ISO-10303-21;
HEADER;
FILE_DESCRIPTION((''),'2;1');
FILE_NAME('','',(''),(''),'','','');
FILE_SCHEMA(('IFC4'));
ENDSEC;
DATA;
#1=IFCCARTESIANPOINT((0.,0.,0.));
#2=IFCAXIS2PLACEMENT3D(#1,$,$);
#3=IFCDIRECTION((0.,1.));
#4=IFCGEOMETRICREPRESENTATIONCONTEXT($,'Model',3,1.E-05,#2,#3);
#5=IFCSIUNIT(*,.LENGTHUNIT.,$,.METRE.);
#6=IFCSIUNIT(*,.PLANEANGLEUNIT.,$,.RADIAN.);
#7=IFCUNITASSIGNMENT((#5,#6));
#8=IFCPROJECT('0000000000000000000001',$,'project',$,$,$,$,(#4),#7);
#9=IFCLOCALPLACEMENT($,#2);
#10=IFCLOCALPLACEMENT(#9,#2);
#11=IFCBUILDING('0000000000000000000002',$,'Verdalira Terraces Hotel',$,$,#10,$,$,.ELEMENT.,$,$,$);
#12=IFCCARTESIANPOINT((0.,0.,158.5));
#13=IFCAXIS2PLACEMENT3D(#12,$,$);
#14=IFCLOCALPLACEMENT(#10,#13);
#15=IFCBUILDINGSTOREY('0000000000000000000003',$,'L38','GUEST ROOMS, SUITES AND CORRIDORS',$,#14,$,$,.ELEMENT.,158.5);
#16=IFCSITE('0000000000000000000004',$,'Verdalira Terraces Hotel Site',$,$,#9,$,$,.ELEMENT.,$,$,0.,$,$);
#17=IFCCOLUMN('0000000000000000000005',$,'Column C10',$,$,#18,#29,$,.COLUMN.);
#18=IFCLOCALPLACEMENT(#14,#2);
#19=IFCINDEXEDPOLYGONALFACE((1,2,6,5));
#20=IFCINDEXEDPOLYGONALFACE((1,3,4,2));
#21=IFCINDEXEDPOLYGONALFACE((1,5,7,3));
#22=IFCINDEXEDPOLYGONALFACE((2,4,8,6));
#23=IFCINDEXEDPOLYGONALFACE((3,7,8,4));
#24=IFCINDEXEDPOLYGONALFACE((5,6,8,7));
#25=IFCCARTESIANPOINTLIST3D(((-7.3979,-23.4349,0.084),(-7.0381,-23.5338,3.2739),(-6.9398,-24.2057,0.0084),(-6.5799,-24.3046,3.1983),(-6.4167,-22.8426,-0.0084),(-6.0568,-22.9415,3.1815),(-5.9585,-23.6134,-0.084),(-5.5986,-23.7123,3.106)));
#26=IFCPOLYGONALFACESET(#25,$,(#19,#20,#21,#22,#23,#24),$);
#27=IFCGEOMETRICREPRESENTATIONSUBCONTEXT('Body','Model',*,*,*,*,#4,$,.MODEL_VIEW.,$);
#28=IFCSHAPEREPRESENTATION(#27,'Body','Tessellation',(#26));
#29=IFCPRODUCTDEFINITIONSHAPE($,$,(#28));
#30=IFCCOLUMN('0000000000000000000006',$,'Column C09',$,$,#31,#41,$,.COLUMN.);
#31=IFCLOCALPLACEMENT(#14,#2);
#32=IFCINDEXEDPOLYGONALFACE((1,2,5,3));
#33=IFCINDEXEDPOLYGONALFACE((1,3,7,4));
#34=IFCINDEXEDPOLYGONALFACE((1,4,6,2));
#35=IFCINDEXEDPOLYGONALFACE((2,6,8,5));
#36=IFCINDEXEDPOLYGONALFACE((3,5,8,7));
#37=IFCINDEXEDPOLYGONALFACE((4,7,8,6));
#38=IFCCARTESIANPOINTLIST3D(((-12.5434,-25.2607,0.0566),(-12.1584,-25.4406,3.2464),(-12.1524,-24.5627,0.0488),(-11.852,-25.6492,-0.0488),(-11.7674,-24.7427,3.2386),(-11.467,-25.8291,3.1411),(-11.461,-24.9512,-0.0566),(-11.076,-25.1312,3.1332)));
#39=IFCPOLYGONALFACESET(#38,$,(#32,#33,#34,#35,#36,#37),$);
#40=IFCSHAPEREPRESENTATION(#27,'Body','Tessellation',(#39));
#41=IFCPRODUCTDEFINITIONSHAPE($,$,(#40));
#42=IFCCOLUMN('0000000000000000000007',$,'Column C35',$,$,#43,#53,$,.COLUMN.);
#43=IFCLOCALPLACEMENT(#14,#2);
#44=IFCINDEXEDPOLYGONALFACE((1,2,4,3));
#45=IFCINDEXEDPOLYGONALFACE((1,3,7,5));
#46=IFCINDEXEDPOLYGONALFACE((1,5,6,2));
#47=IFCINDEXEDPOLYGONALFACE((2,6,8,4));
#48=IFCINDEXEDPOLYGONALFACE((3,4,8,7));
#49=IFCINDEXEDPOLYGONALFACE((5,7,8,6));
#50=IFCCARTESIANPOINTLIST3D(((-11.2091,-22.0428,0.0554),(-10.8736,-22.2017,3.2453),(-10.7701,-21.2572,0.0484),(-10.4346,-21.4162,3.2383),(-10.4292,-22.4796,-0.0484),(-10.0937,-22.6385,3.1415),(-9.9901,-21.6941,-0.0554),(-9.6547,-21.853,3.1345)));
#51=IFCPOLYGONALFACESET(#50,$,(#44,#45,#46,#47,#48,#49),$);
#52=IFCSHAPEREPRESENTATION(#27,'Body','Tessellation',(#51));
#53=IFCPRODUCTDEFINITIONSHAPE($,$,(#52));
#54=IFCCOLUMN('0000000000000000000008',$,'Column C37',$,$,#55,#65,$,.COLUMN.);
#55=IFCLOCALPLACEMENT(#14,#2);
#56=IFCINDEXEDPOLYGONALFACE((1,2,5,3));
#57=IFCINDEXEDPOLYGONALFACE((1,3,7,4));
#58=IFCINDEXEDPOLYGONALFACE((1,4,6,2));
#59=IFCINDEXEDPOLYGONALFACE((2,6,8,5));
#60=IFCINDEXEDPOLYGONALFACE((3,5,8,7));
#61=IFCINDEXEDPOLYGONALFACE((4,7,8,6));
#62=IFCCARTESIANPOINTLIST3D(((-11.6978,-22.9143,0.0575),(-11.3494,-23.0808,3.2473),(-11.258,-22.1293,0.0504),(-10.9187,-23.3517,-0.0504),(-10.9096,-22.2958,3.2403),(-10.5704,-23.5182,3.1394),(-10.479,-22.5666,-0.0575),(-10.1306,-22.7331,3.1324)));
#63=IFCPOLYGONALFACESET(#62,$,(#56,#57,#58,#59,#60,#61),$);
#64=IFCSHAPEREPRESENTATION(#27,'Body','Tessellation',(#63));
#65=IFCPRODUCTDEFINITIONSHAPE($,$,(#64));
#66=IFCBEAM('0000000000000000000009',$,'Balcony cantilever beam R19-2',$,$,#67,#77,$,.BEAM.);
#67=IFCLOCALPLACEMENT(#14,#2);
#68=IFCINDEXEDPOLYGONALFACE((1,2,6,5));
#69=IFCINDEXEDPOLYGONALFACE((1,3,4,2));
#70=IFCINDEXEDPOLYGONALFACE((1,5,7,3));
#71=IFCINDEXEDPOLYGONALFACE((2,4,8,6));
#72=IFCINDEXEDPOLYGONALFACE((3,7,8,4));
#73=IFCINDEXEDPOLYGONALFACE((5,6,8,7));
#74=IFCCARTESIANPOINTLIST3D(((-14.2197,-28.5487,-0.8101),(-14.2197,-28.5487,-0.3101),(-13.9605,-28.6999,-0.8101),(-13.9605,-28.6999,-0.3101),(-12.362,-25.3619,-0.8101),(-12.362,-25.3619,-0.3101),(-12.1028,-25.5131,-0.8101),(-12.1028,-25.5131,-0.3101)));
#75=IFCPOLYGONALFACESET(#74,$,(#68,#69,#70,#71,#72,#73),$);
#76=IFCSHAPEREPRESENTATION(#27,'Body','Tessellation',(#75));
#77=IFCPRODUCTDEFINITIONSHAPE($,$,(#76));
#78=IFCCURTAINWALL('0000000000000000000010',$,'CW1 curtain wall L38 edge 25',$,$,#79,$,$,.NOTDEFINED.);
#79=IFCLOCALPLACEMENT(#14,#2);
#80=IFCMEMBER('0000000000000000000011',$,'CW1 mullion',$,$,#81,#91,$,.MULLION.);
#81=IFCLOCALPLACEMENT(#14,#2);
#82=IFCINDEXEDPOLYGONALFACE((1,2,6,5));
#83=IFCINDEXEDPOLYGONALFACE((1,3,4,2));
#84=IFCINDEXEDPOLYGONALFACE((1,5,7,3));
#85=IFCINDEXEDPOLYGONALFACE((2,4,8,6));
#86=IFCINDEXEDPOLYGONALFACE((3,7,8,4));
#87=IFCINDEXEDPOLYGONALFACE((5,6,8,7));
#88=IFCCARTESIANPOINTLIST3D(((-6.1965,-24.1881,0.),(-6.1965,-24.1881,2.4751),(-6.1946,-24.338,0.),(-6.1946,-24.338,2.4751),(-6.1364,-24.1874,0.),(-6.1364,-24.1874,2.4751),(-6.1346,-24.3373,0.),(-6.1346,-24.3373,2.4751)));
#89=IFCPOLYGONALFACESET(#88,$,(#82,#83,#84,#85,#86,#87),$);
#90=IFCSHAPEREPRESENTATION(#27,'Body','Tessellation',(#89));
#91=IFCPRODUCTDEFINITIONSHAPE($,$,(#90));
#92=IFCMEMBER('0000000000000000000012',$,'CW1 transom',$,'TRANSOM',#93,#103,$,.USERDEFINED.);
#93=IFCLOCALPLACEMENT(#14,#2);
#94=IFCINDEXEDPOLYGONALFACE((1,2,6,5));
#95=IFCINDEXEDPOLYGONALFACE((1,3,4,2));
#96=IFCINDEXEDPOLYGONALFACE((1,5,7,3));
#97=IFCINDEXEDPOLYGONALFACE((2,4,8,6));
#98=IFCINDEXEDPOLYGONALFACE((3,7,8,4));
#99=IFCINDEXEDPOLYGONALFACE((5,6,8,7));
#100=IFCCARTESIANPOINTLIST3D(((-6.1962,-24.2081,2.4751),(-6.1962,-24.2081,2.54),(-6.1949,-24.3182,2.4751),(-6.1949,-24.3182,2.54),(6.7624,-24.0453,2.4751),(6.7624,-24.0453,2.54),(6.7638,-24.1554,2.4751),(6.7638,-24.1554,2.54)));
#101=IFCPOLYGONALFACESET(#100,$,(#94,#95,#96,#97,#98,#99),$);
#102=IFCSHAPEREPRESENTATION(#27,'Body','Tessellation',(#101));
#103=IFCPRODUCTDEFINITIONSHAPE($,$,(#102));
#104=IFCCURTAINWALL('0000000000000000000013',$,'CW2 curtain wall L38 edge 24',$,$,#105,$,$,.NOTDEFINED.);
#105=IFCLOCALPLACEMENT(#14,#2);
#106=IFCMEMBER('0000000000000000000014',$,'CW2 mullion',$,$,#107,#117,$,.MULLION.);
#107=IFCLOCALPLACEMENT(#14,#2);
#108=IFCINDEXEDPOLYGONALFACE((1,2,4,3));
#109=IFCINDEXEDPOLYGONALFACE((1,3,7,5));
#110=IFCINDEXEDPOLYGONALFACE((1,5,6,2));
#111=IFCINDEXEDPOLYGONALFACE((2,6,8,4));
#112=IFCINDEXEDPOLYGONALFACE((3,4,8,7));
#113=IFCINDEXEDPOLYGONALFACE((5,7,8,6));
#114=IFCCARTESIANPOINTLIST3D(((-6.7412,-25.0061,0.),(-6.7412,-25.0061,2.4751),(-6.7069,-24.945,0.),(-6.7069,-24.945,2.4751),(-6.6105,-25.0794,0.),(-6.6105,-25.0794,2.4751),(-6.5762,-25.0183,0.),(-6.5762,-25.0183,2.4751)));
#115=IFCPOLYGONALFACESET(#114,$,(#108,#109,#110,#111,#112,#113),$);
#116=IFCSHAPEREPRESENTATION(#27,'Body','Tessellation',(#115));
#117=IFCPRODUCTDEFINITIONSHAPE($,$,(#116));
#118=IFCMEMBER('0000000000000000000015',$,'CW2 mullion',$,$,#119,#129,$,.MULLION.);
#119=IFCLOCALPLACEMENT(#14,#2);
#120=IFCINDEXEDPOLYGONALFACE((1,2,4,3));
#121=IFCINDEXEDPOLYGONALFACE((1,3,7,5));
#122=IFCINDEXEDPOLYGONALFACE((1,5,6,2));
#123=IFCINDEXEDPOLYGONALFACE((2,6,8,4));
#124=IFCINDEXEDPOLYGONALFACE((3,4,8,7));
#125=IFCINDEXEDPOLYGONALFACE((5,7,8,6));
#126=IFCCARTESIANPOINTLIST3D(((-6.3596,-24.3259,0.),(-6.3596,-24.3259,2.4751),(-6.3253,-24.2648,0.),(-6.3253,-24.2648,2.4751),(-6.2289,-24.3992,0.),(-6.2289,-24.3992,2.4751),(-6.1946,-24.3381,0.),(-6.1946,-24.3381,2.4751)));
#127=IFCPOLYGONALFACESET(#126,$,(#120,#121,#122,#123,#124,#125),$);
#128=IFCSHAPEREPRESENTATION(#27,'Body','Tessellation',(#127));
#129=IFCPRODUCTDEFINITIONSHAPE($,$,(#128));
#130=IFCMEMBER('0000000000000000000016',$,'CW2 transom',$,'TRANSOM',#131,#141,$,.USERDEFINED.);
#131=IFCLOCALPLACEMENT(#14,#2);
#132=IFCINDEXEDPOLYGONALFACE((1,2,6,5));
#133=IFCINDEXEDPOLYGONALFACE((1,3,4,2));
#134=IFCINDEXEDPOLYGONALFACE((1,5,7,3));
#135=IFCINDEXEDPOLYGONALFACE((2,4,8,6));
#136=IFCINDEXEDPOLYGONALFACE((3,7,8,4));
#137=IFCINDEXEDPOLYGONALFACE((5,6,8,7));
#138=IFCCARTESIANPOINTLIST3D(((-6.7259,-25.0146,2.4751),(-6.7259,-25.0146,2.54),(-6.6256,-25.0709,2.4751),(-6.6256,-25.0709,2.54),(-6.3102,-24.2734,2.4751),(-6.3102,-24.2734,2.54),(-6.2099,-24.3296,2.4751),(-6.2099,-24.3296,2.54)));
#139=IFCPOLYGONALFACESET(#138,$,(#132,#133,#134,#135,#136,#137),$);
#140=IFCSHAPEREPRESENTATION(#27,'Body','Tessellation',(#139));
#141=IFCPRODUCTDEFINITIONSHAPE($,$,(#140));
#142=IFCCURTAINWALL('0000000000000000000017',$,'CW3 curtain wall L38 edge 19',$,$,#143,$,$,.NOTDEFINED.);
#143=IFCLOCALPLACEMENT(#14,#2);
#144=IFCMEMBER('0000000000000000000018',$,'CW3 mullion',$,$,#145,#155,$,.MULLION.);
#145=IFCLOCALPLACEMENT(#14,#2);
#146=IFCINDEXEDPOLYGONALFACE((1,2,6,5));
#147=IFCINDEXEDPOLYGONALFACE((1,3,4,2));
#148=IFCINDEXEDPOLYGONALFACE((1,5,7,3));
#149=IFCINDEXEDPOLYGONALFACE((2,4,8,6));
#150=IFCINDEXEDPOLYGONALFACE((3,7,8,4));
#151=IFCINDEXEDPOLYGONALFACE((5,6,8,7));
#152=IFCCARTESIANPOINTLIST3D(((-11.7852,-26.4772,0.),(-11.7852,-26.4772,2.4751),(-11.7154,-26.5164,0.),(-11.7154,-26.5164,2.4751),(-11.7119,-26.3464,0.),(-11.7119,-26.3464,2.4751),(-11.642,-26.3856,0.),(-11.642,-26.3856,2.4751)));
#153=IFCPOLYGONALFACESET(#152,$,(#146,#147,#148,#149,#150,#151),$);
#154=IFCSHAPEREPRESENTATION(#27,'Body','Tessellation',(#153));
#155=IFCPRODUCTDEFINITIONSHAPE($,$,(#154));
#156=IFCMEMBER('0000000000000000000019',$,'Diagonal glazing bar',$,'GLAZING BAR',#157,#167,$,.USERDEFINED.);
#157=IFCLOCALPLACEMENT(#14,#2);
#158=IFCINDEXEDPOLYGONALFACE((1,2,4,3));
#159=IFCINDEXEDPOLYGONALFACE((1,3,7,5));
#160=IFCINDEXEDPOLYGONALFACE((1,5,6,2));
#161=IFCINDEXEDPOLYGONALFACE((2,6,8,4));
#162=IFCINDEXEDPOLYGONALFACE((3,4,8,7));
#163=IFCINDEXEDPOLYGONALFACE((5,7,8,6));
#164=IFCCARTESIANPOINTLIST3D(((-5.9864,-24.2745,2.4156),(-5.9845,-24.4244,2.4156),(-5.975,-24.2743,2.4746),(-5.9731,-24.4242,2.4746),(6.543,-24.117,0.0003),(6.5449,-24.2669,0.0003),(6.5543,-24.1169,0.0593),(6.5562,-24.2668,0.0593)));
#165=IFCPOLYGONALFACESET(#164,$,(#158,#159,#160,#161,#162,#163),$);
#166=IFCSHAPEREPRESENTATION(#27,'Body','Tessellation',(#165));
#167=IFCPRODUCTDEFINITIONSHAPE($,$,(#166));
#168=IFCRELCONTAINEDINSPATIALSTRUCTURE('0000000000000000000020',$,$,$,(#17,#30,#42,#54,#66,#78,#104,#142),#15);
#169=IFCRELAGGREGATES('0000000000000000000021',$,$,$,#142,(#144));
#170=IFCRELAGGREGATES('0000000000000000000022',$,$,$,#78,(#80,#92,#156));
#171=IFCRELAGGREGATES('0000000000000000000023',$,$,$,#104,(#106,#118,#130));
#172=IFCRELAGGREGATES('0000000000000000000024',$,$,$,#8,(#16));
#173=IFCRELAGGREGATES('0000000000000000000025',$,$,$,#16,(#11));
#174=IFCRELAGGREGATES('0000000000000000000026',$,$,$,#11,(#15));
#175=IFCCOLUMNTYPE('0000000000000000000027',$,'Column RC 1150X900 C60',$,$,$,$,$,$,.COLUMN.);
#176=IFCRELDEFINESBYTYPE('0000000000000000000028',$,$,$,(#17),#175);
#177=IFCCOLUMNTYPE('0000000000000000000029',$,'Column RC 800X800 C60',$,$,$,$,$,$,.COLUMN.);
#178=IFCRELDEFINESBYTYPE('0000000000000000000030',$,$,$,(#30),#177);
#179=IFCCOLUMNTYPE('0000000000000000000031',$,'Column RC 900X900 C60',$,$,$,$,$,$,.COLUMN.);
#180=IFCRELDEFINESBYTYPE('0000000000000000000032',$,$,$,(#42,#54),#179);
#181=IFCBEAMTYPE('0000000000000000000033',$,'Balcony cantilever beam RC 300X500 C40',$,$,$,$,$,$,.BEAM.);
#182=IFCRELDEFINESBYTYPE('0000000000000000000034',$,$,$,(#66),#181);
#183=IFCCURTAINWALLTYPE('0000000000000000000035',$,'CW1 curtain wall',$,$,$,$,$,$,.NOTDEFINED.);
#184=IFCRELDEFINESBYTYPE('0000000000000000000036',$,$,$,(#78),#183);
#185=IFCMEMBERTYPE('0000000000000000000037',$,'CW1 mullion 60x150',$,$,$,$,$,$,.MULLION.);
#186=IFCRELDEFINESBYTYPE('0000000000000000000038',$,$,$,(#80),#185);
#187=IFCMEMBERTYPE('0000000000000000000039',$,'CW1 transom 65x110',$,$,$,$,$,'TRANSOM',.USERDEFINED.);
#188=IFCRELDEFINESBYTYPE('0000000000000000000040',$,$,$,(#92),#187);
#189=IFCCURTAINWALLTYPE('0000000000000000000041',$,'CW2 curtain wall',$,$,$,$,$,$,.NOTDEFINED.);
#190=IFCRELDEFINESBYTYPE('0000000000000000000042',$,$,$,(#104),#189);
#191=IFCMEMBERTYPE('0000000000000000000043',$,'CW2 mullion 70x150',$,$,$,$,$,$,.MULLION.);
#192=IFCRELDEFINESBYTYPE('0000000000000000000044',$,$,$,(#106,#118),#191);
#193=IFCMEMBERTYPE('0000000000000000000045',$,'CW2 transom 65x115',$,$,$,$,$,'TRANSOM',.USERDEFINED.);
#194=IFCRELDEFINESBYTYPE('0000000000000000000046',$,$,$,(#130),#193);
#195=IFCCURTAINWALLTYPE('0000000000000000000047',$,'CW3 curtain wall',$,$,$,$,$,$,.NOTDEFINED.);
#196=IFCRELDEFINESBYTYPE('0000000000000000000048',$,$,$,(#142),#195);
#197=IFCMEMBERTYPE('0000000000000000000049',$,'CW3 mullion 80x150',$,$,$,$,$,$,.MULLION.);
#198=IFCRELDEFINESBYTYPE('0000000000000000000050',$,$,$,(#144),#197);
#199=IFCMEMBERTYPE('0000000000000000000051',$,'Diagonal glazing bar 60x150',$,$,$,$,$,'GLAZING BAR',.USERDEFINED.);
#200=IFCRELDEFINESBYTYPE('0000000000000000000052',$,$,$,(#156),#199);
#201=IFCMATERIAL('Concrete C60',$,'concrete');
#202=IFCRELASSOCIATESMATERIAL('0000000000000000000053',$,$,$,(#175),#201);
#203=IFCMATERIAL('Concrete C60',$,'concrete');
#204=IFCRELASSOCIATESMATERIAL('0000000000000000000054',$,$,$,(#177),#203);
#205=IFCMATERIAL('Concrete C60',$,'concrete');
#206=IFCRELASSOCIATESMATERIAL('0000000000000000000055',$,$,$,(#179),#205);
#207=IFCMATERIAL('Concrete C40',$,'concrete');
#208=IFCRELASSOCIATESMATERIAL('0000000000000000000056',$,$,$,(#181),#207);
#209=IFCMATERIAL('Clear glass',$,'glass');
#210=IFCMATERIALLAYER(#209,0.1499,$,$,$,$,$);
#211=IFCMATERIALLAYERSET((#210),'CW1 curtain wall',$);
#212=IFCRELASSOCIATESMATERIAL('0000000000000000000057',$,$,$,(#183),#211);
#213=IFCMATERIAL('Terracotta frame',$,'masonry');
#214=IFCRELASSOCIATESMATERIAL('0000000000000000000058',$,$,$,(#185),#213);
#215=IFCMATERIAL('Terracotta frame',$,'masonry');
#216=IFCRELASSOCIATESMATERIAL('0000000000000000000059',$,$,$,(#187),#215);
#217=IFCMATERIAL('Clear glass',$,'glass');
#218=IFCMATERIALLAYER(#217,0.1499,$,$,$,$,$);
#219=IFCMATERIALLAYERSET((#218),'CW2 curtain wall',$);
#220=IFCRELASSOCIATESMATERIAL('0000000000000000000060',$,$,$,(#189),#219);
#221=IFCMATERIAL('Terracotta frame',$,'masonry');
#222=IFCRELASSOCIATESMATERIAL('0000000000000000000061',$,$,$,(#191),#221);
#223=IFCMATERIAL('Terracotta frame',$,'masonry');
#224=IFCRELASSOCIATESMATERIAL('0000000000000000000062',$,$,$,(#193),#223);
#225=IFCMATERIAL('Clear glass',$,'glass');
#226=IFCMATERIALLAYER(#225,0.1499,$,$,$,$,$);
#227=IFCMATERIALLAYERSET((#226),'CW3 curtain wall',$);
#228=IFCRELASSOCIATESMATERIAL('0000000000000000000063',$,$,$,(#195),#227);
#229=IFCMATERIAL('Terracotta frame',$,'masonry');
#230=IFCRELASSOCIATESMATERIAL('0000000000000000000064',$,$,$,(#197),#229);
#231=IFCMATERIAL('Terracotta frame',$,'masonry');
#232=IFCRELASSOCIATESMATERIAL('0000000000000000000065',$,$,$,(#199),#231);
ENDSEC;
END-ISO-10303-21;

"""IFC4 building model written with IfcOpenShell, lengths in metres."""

from ifc_helpers import new_model, si_unit, direction, frame, origin, origin_2d, place, context, subcontext, project, spatial, rectangle, extrude, material, layer, layer_set, material_profile, profile_set, type_object, element, aggregate, save


model = new_model("IFC4")

# Units and contexts
model_context = context("Model", 3, precision=1e-05, world=origin(), true_north=direction((0.0, 1.0)))
body_context = subcontext(model_context, "Body", "Model", "MODEL_VIEW")
ifc_project = project(units=[si_unit("LENGTHUNIT", "METRE"), si_unit("PLANEANGLEUNIT", "RADIAN")], contexts=[model_context])

# Site, building, storey
site_placement = place(None, origin())
site = spatial("IfcSite", under=ifc_project, at=site_placement, Name="Verdalira Terraces Hotel Site", CompositionType="ELEMENT", RefElevation=0.0)
building_placement = place(site_placement, origin())
building = spatial("IfcBuilding", under=site, at=building_placement, Name="Verdalira Terraces Hotel", CompositionType="ELEMENT")
storey_placement = place(building_placement, frame((0.0, 0.0, 158.5)))
storey = spatial("IfcBuildingStorey", under=building, at=storey_placement, Name="L38", Description="GUEST ROOMS, SUITES AND CORRIDORS", CompositionType="ELEMENT", Elevation=158.5)

# Columns
ifc_material_1 = material(Name="Concrete C60", Category="concrete")
ifc_material_profile_1 = material_profile(ifc_material_1, rectangle(XDim=1.1499, YDim=0.8999, at=origin_2d()), Name="RC 1150X900")
ifc_profile_set_1 = profile_set([ifc_material_profile_1], Name="Concrete C60")
column_type_1 = type_object("IfcColumnType", Name="Column RC 1150X900 C60", PredefinedType="COLUMN", material=ifc_profile_set_1)
column_1_placement = place(storey_placement, frame((-6.6782, -23.5242, 0.0), z_axis=(0.112048, -0.030787, 0.993226), x_axis=(-0.85337, -0.515083, 0.080305)))
element("IfcColumn", 1, at=column_1_placement, inside=storey, type_object=column_type_1, Name="Column C10", PredefinedType="COLUMN", context=body_context, shape_type="SweptSolid", body=[
    extrude(rectangle(XDim=1.1499, YDim=0.8999, at=origin_2d()), origin(), (0.0, 0.0, 1.0), 3.2117),
])
ifc_material_2 = material(Name="Concrete C60", Category="concrete")
ifc_material_profile_2 = material_profile(ifc_material_2, rectangle(XDim=0.8, YDim=0.8, at=origin_2d()), Name="RC 800X800")
ifc_profile_set_2 = profile_set([ifc_material_profile_2], Name="Concrete C60")
column_type_2 = type_object("IfcColumnType", Name="Column RC 800X800 C60", PredefinedType="COLUMN", material=ifc_profile_set_2)
column_2_placement = place(storey_placement, frame((-12.0022, -25.106, 0.0), z_axis=(0.119638, -0.055912, 0.991242), x_axis=(0.864198, -0.48561, -0.131696)))
element("IfcColumn", 2, at=column_2_placement, inside=storey, type_object=column_type_2, Name="Column C09", PredefinedType="COLUMN", context=body_context, shape_type="SweptSolid", body=[
    extrude(rectangle(XDim=0.8, YDim=0.8, at=origin_2d()), origin(), (0.0, 0.0, 1.0), 3.218),
])
ifc_material_3 = material(Name="Concrete C60", Category="concrete")
ifc_material_profile_3 = material_profile(ifc_material_3, rectangle(XDim=0.8999, YDim=0.8999, at=origin_2d()), Name="RC 900X900")
ifc_profile_set_3 = profile_set([ifc_material_profile_3], Name="Concrete C60")
column_type_3 = type_object("IfcColumnType", Name="Column RC 900X900 C60", PredefinedType="COLUMN", material=ifc_profile_set_3)
column_3_placement = place(storey_placement, frame((-10.5996, -21.8684, 0.0), z_axis=(0.104454, -0.04949, 0.993298), x_axis=(-0.487849, -0.872893, 0.00781)))
element("IfcColumn", 3, at=column_3_placement, inside=storey, type_object=column_type_3, Name="Column C35", PredefinedType="COLUMN", context=body_context, shape_type="SweptSolid", body=[
    extrude(rectangle(XDim=0.8999, YDim=0.8999, at=origin_2d()), origin(), (0.0, 0.0, 1.0), 3.2114),
])
column_4_placement = place(storey_placement, frame((-11.0884, -22.7405, 0.0), z_axis=(0.108423, -0.051818, 0.992753), x_axis=(-0.488692, -0.872421, 0.007835)))
element("IfcColumn", 4, at=column_4_placement, inside=storey, type_object=column_type_3, Name="Column C37", PredefinedType="COLUMN", context=body_context, shape_type="SweptSolid", body=[
    extrude(rectangle(XDim=0.8999, YDim=0.8999, at=origin_2d()), origin(), (0.0, 0.0, 1.0), 3.2131),
])

# Beam
ifc_material_4 = material(Name="Concrete C40", Category="concrete")
ifc_material_profile_4 = material_profile(ifc_material_4, rectangle(XDim=0.3, YDim=0.5, at=origin_2d()), Name="RC 300X500")
ifc_profile_set_4 = profile_set([ifc_material_profile_4], Name="Concrete C40")
beam_type_1 = type_object("IfcBeamType", Name="Balcony cantilever beam RC 300X500 C40", PredefinedType="BEAM", material=ifc_profile_set_4)
beam_1_placement = place(storey_placement, frame((-12.2324, -25.4375, -0.5601), z_axis=(-0.503612, -0.86393, 0.0), x_axis=(0.86393, -0.503612, 0.0)))
element("IfcBeam", 5, at=beam_1_placement, inside=storey, type_object=beam_type_1, Name="Balcony cantilever beam R19-2", PredefinedType="BEAM", context=body_context, shape_type="SweptSolid", body=[
    extrude(rectangle(XDim=0.3, YDim=0.5, at=origin_2d()), origin(), (0.0, 0.0, 1.0), 3.6887),
])

# Curtain walls, members
ifc_material_5 = material(Name="Clear glass", Category="glass")
ifc_layer_1 = layer(ifc_material_5, 0.1499)
ifc_layer_set_1 = layer_set([ifc_layer_1], Name="CW1 curtain wall")
curtain_wall_type_1 = type_object("IfcCurtainWallType", Name="CW1 curtain wall", PredefinedType="NOTDEFINED", material=ifc_layer_set_1)
curtain_wall_1_placement = place(storey_placement, origin())
curtain_wall_1 = element("IfcCurtainWall", 6, at=curtain_wall_1_placement, inside=storey, type_object=curtain_wall_type_1, Name="CW1 curtain wall L38 edge 25", PredefinedType="NOTDEFINED")
ifc_material_6 = material(Name="Terracotta frame", Category="masonry")
ifc_material_profile_5 = material_profile(ifc_material_6, rectangle(XDim=0.0601, YDim=0.1499, at=origin_2d()), Name="MU 60x150")
ifc_profile_set_5 = profile_set([ifc_material_profile_5], Name="Terracotta frame")
member_type_1 = type_object("IfcMemberType", Name="CW1 mullion 60x150", PredefinedType="MULLION", material=ifc_profile_set_5)
member_1_placement = place(storey_placement, frame((-6.1655, -24.2627, 0.0), z_axis=(0.0, 0.0, 1.0), x_axis=(0.999921, 0.012566, 0.0)))
member_1 = element("IfcMember", 7, at=member_1_placement, type_object=member_type_1, Name="CW1 mullion", PredefinedType="MULLION", context=body_context, shape_type="SweptSolid", body=[
    extrude(rectangle(XDim=0.0601, YDim=0.1499, at=origin_2d()), origin(), (0.0, 0.0, 1.0), 2.4751),
])
ifc_material_7 = material(Name="Terracotta frame", Category="masonry")
ifc_material_profile_6 = material_profile(ifc_material_7, rectangle(XDim=0.1101, YDim=0.0649, at=origin_2d()), Name="TR 65x110")
ifc_profile_set_6 = profile_set([ifc_material_profile_6], Name="Terracotta frame")
member_type_2 = type_object("IfcMemberType", Name="CW1 transom 65x110", ElementType="TRANSOM", PredefinedType="USERDEFINED", material=ifc_profile_set_6)
member_2_placement = place(storey_placement, frame((-6.1956, -24.2632, 2.5076), z_axis=(0.999921, 0.012565, 0.0), x_axis=(-0.012565, 0.999921, 0.0)))
member_2 = element("IfcMember", 8, at=member_2_placement, type_object=member_type_2, Name="CW1 transom", ObjectType="TRANSOM", PredefinedType="USERDEFINED", context=body_context, shape_type="SweptSolid", body=[
    extrude(rectangle(XDim=0.1101, YDim=0.0649, at=origin_2d()), origin(), (0.0, 0.0, 1.0), 12.9597),
])
ifc_material_8 = material(Name="Clear glass", Category="glass")
ifc_layer_2 = layer(ifc_material_8, 0.1499)
ifc_layer_set_2 = layer_set([ifc_layer_2], Name="CW2 curtain wall")
curtain_wall_type_2 = type_object("IfcCurtainWallType", Name="CW2 curtain wall", PredefinedType="NOTDEFINED", material=ifc_layer_set_2)
curtain_wall_2_placement = place(storey_placement, origin())
curtain_wall_2 = element("IfcCurtainWall", 9, at=curtain_wall_2_placement, inside=storey, type_object=curtain_wall_type_2, Name="CW2 curtain wall L38 edge 24", PredefinedType="NOTDEFINED")
ifc_material_9 = material(Name="Terracotta frame", Category="masonry")
ifc_material_profile_7 = material_profile(ifc_material_9, rectangle(XDim=0.0701, YDim=0.1499, at=origin_2d()), Name="MU 70x150")
ifc_profile_set_7 = profile_set([ifc_material_profile_7], Name="Terracotta frame")
member_type_3 = type_object("IfcMemberType", Name="CW2 mullion 70x150", PredefinedType="MULLION", material=ifc_profile_set_7)
member_3_placement = place(storey_placement, frame((-6.6587, -25.0122, 0.0), z_axis=(0.0, 0.0, 1.0), x_axis=(0.489078, 0.87224, 0.0)))
member_3 = element("IfcMember", 10, at=member_3_placement, type_object=member_type_3, Name="CW2 mullion", PredefinedType="MULLION", context=body_context, shape_type="SweptSolid", body=[
    extrude(rectangle(XDim=0.0701, YDim=0.1499, at=origin_2d()), origin(), (0.0, 0.0, 1.0), 2.4751),
])
member_4_placement = place(storey_placement, frame((-6.2771, -24.332, 0.0), z_axis=(0.0, 0.0, 1.0), x_axis=(0.489078, 0.87224, 0.0)))
member_4 = element("IfcMember", 11, at=member_4_placement, type_object=member_type_3, Name="CW2 mullion", PredefinedType="MULLION", context=body_context, shape_type="SweptSolid", body=[
    extrude(rectangle(XDim=0.0701, YDim=0.1499, at=origin_2d()), origin(), (0.0, 0.0, 1.0), 2.4751),
])
ifc_material_10 = material(Name="Terracotta frame", Category="masonry")
ifc_material_profile_8 = material_profile(ifc_material_10, rectangle(XDim=0.115, YDim=0.0649, at=origin_2d()), Name="TR 65x115")
ifc_profile_set_8 = profile_set([ifc_material_profile_8], Name="Terracotta frame")
member_type_4 = type_object("IfcMemberType", Name="CW2 transom 65x115", ElementType="TRANSOM", PredefinedType="USERDEFINED", material=ifc_profile_set_8)
member_5_placement = place(storey_placement, frame((-6.6758, -25.0427, 2.5076), z_axis=(0.489224, 0.872158, 0.0), x_axis=(-0.872158, 0.489224, 0.0)))
member_5 = element("IfcMember", 12, at=member_5_placement, type_object=member_type_4, Name="CW2 transom", ObjectType="TRANSOM", PredefinedType="USERDEFINED", context=body_context, shape_type="SweptSolid", body=[
    extrude(rectangle(XDim=0.115, YDim=0.0649, at=origin_2d()), origin(), (0.0, 0.0, 1.0), 0.8499),
])

# Curtain wall, member
ifc_material_11 = material(Name="Clear glass", Category="glass")
ifc_layer_3 = layer(ifc_material_11, 0.1499)
ifc_layer_set_3 = layer_set([ifc_layer_3], Name="CW3 curtain wall")
curtain_wall_type_3 = type_object("IfcCurtainWallType", Name="CW3 curtain wall", PredefinedType="NOTDEFINED", material=ifc_layer_set_3)
curtain_wall_3_placement = place(storey_placement, origin())
curtain_wall_3 = element("IfcCurtainWall", 13, at=curtain_wall_3_placement, inside=storey, type_object=curtain_wall_type_3, Name="CW3 curtain wall L38 edge 19", PredefinedType="NOTDEFINED")
ifc_material_12 = material(Name="Terracotta frame", Category="masonry")
ifc_material_profile_9 = material_profile(ifc_material_12, rectangle(XDim=0.0801, YDim=0.1499, at=origin_2d()), Name="MU 80x150")
ifc_profile_set_9 = profile_set([ifc_material_profile_9], Name="Terracotta frame")
member_type_5 = type_object("IfcMemberType", Name="CW3 mullion 80x150", PredefinedType="MULLION", material=ifc_profile_set_9)
member_6_placement = place(storey_placement, frame((-11.7136, -26.4314, 0.0), z_axis=(0.0, 0.0, 1.0), x_axis=(0.87224, -0.489078, 0.0)))
member_6 = element("IfcMember", 14, at=member_6_placement, type_object=member_type_5, Name="CW3 mullion", PredefinedType="MULLION", context=body_context, shape_type="SweptSolid", body=[
    extrude(rectangle(XDim=0.0801, YDim=0.1499, at=origin_2d()), origin(), (0.0, 0.0, 1.0), 2.4751),
])
aggregate(curtain_wall_3, [member_6])

# Member
ifc_material_13 = material(Name="Terracotta frame", Category="masonry")
ifc_material_profile_10 = material_profile(ifc_material_13, rectangle(XDim=0.1499, YDim=0.0601, at=origin_2d()), Name="GB 60x150")
ifc_profile_set_10 = profile_set([ifc_material_profile_10], Name="Terracotta frame")
member_type_6 = type_object("IfcMemberType", Name="Diagonal glazing bar 60x150", ElementType="GLAZING BAR", PredefinedType="USERDEFINED", material=ifc_profile_set_10)
member_7_placement = place(storey_placement, frame((-5.9797, -24.3494, 2.4451), z_axis=(0.981847, 0.01234, -0.189272), x_axis=(-0.012567, 0.999921, 0.0)))
member_7 = element("IfcMember", 15, at=member_7_placement, type_object=member_type_6, Name="Diagonal glazing bar", ObjectType="GLAZING BAR", PredefinedType="USERDEFINED", context=body_context, shape_type="SweptSolid", body=[
    extrude(rectangle(XDim=0.1499, YDim=0.0601, at=origin_2d()), origin(), (0.0, 0.0, 1.0), 12.761),
])
aggregate(curtain_wall_1, [member_1, member_2, member_7])

aggregate(curtain_wall_2, [member_3, member_4, member_5])

save(model, "model.ifc")
